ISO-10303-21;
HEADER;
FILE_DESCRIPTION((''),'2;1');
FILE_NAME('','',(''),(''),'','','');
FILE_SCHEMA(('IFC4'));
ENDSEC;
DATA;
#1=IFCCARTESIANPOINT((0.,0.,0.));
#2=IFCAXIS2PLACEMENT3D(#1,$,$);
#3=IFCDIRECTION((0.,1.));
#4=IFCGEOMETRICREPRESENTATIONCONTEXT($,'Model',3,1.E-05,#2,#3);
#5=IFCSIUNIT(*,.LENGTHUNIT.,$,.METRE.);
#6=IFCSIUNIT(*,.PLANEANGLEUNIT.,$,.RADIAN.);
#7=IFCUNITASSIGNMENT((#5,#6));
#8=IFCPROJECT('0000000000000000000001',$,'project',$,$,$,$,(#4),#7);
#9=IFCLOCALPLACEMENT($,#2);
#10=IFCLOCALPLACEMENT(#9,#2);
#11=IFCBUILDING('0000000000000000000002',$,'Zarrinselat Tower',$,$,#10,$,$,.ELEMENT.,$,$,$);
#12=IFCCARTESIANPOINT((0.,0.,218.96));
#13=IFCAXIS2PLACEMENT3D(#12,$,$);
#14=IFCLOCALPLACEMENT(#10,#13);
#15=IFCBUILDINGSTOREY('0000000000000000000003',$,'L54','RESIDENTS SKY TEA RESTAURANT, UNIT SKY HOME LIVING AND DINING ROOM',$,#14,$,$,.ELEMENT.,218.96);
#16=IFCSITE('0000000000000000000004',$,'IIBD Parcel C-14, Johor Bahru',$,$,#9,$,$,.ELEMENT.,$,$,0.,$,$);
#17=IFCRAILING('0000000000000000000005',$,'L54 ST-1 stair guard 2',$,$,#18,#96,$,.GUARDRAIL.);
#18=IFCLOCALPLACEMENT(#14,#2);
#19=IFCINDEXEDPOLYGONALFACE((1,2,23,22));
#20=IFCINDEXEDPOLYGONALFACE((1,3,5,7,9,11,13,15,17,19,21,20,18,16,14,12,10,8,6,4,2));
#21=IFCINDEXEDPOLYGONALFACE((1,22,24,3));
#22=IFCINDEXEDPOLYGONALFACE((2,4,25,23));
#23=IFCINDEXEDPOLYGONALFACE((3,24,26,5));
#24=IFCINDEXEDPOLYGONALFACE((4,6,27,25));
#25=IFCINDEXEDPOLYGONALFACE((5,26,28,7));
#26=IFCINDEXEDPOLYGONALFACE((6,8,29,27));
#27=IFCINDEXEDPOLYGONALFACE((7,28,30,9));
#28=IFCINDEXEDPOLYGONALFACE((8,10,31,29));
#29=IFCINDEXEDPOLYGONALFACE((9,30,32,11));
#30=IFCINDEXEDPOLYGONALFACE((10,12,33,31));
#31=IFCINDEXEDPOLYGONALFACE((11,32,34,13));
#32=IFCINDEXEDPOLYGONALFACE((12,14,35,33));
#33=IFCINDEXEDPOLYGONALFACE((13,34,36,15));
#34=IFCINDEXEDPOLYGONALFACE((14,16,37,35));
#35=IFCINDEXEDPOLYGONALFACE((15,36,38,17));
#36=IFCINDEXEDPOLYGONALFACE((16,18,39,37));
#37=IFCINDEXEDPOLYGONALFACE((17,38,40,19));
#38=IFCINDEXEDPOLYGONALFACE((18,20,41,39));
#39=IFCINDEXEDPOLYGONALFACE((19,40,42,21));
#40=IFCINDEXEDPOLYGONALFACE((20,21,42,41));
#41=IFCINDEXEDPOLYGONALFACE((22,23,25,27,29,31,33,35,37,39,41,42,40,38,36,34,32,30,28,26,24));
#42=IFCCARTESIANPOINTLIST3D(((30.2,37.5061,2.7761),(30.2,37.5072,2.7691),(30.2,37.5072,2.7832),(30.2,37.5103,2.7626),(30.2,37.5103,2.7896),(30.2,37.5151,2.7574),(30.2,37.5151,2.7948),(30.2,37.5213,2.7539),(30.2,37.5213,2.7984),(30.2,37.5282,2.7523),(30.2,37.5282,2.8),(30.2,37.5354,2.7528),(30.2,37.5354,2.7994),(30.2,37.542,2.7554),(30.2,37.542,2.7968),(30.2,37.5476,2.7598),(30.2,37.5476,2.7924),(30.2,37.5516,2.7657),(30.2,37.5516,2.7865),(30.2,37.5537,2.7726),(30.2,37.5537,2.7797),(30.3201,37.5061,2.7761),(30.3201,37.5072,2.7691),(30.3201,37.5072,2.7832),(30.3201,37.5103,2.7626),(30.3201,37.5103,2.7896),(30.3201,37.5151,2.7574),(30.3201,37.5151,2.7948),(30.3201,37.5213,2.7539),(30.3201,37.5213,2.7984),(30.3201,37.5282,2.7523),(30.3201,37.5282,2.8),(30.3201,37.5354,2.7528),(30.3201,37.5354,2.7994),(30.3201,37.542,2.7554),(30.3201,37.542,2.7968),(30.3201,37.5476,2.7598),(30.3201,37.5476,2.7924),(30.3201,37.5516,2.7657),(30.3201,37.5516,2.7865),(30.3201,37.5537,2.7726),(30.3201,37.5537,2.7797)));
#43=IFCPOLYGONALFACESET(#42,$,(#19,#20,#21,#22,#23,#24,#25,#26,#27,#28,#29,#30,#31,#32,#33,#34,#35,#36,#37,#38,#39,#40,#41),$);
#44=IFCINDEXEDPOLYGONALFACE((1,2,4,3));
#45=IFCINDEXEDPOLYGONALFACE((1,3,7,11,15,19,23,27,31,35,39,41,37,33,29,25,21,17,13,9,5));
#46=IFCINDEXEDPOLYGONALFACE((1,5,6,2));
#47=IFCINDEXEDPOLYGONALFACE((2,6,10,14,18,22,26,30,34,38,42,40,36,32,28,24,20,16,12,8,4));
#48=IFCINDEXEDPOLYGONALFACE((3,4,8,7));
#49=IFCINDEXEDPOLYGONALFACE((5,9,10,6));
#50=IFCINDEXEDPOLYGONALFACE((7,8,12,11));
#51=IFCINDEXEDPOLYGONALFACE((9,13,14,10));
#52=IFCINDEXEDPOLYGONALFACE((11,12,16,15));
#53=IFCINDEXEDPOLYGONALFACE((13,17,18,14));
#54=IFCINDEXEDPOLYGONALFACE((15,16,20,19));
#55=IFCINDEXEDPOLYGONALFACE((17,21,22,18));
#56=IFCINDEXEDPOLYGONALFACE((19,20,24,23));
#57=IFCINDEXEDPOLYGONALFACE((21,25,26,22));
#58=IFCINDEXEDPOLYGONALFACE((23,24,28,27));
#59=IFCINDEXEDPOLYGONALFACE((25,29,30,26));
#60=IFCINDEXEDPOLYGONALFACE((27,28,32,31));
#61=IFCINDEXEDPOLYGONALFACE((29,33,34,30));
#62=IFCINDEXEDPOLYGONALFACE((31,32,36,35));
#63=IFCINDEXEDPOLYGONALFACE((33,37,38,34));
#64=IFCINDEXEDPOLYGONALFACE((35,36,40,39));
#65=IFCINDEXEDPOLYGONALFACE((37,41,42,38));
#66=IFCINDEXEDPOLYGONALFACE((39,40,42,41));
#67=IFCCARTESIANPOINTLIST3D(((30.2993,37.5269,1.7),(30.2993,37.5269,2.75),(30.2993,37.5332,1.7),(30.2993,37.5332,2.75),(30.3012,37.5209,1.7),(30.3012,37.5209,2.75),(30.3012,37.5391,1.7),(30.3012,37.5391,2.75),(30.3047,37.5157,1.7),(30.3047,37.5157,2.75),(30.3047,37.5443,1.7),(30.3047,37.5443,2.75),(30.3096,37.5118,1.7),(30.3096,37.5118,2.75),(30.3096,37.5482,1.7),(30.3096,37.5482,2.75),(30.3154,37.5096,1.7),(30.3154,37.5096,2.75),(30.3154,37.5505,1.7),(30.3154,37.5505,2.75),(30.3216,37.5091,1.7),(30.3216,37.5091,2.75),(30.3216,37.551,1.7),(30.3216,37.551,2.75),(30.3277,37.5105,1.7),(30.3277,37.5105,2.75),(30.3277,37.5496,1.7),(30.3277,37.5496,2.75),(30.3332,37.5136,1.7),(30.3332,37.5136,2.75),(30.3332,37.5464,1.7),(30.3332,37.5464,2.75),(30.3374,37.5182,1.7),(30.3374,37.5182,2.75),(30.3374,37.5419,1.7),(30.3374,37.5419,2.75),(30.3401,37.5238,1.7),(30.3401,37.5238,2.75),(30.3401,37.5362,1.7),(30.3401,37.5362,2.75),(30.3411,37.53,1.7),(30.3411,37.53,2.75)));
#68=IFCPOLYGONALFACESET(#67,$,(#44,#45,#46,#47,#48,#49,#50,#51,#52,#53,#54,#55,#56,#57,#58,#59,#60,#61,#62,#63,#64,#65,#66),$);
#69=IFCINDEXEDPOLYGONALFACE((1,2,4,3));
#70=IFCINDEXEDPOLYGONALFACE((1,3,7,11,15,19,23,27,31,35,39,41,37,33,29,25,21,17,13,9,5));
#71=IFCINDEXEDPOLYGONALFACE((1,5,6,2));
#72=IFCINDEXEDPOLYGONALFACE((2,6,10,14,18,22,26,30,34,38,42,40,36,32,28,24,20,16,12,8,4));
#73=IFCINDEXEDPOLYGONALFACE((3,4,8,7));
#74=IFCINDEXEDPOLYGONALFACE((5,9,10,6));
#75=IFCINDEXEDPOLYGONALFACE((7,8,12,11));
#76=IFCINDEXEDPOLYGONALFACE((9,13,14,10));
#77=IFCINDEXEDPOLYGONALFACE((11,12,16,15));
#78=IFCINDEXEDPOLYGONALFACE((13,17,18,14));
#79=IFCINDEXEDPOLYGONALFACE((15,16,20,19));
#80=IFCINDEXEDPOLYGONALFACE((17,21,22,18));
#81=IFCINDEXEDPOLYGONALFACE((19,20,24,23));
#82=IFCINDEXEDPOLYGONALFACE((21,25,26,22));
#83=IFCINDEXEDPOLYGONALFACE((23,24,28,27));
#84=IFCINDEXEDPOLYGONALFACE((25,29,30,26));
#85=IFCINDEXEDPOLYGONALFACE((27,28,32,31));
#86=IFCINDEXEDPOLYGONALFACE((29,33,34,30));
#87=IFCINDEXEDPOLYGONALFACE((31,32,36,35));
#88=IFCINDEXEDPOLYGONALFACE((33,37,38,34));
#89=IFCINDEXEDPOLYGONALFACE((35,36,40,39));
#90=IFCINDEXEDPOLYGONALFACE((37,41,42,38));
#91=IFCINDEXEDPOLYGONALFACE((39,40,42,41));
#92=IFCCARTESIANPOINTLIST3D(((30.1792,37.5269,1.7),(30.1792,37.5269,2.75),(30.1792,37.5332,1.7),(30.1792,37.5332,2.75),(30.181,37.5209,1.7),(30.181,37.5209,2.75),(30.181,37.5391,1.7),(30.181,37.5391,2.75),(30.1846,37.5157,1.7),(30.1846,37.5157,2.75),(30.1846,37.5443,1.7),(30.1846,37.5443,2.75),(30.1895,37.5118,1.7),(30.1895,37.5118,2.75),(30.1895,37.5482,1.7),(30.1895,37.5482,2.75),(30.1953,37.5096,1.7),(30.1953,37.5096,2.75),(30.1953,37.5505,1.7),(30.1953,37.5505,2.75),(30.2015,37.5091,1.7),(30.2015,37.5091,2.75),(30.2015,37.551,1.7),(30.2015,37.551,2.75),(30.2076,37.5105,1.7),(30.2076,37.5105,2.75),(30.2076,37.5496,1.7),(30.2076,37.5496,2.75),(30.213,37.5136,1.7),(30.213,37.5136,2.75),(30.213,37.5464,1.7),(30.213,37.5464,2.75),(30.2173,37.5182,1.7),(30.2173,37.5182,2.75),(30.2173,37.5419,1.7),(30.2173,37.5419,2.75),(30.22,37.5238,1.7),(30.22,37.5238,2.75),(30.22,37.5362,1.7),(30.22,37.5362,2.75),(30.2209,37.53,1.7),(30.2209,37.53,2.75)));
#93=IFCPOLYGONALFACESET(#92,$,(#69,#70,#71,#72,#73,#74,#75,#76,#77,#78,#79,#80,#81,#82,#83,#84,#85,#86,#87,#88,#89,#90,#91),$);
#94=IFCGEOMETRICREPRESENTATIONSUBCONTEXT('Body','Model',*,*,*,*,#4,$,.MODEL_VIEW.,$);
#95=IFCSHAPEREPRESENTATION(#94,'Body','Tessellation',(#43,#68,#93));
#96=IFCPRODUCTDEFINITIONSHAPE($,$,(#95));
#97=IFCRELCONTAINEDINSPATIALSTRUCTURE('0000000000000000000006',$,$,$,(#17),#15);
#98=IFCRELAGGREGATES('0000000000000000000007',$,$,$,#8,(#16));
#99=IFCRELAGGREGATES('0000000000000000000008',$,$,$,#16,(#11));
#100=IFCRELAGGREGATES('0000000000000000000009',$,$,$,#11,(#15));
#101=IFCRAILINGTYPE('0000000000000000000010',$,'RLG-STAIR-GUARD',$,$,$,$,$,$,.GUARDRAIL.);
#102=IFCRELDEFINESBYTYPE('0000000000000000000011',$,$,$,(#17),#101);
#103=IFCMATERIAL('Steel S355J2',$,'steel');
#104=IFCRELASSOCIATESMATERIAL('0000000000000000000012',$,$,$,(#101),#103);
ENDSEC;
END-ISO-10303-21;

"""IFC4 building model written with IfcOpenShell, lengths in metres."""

from ifc_helpers import new_model, si_unit, direction, frame, origin, origin_2d, place, context, subcontext, project, spatial, circle, extrude, material, type_object, element, save


model = new_model("IFC4")

# Units and contexts
model_context = context("Model", 3, precision=1e-05, world=origin(), true_north=direction((0.0, 1.0)))
body_context = subcontext(model_context, "Body", "Model", "MODEL_VIEW")
ifc_project = project(units=[si_unit("LENGTHUNIT", "METRE"), si_unit("PLANEANGLEUNIT", "RADIAN")], contexts=[model_context])

# Site, building, storey
site_placement = place(None, origin())
site = spatial("IfcSite", under=ifc_project, at=site_placement, Name="IIBD Parcel C-14, Johor Bahru", CompositionType="ELEMENT", RefElevation=0.0)
building_placement = place(site_placement, origin())
building = spatial("IfcBuilding", under=site, at=building_placement, Name="Zarrinselat Tower", CompositionType="ELEMENT")
storey_placement = place(building_placement, frame((0.0, 0.0, 218.96)))
storey = spatial("IfcBuildingStorey", under=building, at=storey_placement, Name="L54", Description="RESIDENTS SKY TEA RESTAURANT, UNIT SKY HOME LIVING AND DINING ROOM", CompositionType="ELEMENT", Elevation=218.96)

# Railing
ifc_material_1 = material(Name="Steel S355J2", Category="steel")
railing_type_1 = type_object("IfcRailingType", Name="RLG-STAIR-GUARD", PredefinedType="GUARDRAIL", material=ifc_material_1)
railing_1_placement = place(storey_placement, frame((30.3201, 37.53, 1.7)))
element("IfcRailing", 1, at=railing_1_placement, inside=storey, type_object=railing_type_1, Name="L54 ST-1 stair guard 2", PredefinedType="GUARDRAIL", context=body_context, shape_type="SweptSolid", body=[
    extrude(circle(Radius=0.0239, at=origin_2d()), frame((0.0, 0.0, 1.0762), z_axis=(-1.0, 0.0, 0.0), x_axis=(0.0, -1.0, 0.0)), (0.0, 0.0, 1.0), 0.1201),
    extrude(circle(Radius=0.021, at=origin_2d()), origin(), (0.0, 0.0, 1.0), 1.05),
    extrude(circle(Radius=0.021, at=origin_2d()), frame((-0.1201, 0.0, 0.0)), (0.0, 0.0, 1.0), 1.05),
])

save(model, "model.ifc")
